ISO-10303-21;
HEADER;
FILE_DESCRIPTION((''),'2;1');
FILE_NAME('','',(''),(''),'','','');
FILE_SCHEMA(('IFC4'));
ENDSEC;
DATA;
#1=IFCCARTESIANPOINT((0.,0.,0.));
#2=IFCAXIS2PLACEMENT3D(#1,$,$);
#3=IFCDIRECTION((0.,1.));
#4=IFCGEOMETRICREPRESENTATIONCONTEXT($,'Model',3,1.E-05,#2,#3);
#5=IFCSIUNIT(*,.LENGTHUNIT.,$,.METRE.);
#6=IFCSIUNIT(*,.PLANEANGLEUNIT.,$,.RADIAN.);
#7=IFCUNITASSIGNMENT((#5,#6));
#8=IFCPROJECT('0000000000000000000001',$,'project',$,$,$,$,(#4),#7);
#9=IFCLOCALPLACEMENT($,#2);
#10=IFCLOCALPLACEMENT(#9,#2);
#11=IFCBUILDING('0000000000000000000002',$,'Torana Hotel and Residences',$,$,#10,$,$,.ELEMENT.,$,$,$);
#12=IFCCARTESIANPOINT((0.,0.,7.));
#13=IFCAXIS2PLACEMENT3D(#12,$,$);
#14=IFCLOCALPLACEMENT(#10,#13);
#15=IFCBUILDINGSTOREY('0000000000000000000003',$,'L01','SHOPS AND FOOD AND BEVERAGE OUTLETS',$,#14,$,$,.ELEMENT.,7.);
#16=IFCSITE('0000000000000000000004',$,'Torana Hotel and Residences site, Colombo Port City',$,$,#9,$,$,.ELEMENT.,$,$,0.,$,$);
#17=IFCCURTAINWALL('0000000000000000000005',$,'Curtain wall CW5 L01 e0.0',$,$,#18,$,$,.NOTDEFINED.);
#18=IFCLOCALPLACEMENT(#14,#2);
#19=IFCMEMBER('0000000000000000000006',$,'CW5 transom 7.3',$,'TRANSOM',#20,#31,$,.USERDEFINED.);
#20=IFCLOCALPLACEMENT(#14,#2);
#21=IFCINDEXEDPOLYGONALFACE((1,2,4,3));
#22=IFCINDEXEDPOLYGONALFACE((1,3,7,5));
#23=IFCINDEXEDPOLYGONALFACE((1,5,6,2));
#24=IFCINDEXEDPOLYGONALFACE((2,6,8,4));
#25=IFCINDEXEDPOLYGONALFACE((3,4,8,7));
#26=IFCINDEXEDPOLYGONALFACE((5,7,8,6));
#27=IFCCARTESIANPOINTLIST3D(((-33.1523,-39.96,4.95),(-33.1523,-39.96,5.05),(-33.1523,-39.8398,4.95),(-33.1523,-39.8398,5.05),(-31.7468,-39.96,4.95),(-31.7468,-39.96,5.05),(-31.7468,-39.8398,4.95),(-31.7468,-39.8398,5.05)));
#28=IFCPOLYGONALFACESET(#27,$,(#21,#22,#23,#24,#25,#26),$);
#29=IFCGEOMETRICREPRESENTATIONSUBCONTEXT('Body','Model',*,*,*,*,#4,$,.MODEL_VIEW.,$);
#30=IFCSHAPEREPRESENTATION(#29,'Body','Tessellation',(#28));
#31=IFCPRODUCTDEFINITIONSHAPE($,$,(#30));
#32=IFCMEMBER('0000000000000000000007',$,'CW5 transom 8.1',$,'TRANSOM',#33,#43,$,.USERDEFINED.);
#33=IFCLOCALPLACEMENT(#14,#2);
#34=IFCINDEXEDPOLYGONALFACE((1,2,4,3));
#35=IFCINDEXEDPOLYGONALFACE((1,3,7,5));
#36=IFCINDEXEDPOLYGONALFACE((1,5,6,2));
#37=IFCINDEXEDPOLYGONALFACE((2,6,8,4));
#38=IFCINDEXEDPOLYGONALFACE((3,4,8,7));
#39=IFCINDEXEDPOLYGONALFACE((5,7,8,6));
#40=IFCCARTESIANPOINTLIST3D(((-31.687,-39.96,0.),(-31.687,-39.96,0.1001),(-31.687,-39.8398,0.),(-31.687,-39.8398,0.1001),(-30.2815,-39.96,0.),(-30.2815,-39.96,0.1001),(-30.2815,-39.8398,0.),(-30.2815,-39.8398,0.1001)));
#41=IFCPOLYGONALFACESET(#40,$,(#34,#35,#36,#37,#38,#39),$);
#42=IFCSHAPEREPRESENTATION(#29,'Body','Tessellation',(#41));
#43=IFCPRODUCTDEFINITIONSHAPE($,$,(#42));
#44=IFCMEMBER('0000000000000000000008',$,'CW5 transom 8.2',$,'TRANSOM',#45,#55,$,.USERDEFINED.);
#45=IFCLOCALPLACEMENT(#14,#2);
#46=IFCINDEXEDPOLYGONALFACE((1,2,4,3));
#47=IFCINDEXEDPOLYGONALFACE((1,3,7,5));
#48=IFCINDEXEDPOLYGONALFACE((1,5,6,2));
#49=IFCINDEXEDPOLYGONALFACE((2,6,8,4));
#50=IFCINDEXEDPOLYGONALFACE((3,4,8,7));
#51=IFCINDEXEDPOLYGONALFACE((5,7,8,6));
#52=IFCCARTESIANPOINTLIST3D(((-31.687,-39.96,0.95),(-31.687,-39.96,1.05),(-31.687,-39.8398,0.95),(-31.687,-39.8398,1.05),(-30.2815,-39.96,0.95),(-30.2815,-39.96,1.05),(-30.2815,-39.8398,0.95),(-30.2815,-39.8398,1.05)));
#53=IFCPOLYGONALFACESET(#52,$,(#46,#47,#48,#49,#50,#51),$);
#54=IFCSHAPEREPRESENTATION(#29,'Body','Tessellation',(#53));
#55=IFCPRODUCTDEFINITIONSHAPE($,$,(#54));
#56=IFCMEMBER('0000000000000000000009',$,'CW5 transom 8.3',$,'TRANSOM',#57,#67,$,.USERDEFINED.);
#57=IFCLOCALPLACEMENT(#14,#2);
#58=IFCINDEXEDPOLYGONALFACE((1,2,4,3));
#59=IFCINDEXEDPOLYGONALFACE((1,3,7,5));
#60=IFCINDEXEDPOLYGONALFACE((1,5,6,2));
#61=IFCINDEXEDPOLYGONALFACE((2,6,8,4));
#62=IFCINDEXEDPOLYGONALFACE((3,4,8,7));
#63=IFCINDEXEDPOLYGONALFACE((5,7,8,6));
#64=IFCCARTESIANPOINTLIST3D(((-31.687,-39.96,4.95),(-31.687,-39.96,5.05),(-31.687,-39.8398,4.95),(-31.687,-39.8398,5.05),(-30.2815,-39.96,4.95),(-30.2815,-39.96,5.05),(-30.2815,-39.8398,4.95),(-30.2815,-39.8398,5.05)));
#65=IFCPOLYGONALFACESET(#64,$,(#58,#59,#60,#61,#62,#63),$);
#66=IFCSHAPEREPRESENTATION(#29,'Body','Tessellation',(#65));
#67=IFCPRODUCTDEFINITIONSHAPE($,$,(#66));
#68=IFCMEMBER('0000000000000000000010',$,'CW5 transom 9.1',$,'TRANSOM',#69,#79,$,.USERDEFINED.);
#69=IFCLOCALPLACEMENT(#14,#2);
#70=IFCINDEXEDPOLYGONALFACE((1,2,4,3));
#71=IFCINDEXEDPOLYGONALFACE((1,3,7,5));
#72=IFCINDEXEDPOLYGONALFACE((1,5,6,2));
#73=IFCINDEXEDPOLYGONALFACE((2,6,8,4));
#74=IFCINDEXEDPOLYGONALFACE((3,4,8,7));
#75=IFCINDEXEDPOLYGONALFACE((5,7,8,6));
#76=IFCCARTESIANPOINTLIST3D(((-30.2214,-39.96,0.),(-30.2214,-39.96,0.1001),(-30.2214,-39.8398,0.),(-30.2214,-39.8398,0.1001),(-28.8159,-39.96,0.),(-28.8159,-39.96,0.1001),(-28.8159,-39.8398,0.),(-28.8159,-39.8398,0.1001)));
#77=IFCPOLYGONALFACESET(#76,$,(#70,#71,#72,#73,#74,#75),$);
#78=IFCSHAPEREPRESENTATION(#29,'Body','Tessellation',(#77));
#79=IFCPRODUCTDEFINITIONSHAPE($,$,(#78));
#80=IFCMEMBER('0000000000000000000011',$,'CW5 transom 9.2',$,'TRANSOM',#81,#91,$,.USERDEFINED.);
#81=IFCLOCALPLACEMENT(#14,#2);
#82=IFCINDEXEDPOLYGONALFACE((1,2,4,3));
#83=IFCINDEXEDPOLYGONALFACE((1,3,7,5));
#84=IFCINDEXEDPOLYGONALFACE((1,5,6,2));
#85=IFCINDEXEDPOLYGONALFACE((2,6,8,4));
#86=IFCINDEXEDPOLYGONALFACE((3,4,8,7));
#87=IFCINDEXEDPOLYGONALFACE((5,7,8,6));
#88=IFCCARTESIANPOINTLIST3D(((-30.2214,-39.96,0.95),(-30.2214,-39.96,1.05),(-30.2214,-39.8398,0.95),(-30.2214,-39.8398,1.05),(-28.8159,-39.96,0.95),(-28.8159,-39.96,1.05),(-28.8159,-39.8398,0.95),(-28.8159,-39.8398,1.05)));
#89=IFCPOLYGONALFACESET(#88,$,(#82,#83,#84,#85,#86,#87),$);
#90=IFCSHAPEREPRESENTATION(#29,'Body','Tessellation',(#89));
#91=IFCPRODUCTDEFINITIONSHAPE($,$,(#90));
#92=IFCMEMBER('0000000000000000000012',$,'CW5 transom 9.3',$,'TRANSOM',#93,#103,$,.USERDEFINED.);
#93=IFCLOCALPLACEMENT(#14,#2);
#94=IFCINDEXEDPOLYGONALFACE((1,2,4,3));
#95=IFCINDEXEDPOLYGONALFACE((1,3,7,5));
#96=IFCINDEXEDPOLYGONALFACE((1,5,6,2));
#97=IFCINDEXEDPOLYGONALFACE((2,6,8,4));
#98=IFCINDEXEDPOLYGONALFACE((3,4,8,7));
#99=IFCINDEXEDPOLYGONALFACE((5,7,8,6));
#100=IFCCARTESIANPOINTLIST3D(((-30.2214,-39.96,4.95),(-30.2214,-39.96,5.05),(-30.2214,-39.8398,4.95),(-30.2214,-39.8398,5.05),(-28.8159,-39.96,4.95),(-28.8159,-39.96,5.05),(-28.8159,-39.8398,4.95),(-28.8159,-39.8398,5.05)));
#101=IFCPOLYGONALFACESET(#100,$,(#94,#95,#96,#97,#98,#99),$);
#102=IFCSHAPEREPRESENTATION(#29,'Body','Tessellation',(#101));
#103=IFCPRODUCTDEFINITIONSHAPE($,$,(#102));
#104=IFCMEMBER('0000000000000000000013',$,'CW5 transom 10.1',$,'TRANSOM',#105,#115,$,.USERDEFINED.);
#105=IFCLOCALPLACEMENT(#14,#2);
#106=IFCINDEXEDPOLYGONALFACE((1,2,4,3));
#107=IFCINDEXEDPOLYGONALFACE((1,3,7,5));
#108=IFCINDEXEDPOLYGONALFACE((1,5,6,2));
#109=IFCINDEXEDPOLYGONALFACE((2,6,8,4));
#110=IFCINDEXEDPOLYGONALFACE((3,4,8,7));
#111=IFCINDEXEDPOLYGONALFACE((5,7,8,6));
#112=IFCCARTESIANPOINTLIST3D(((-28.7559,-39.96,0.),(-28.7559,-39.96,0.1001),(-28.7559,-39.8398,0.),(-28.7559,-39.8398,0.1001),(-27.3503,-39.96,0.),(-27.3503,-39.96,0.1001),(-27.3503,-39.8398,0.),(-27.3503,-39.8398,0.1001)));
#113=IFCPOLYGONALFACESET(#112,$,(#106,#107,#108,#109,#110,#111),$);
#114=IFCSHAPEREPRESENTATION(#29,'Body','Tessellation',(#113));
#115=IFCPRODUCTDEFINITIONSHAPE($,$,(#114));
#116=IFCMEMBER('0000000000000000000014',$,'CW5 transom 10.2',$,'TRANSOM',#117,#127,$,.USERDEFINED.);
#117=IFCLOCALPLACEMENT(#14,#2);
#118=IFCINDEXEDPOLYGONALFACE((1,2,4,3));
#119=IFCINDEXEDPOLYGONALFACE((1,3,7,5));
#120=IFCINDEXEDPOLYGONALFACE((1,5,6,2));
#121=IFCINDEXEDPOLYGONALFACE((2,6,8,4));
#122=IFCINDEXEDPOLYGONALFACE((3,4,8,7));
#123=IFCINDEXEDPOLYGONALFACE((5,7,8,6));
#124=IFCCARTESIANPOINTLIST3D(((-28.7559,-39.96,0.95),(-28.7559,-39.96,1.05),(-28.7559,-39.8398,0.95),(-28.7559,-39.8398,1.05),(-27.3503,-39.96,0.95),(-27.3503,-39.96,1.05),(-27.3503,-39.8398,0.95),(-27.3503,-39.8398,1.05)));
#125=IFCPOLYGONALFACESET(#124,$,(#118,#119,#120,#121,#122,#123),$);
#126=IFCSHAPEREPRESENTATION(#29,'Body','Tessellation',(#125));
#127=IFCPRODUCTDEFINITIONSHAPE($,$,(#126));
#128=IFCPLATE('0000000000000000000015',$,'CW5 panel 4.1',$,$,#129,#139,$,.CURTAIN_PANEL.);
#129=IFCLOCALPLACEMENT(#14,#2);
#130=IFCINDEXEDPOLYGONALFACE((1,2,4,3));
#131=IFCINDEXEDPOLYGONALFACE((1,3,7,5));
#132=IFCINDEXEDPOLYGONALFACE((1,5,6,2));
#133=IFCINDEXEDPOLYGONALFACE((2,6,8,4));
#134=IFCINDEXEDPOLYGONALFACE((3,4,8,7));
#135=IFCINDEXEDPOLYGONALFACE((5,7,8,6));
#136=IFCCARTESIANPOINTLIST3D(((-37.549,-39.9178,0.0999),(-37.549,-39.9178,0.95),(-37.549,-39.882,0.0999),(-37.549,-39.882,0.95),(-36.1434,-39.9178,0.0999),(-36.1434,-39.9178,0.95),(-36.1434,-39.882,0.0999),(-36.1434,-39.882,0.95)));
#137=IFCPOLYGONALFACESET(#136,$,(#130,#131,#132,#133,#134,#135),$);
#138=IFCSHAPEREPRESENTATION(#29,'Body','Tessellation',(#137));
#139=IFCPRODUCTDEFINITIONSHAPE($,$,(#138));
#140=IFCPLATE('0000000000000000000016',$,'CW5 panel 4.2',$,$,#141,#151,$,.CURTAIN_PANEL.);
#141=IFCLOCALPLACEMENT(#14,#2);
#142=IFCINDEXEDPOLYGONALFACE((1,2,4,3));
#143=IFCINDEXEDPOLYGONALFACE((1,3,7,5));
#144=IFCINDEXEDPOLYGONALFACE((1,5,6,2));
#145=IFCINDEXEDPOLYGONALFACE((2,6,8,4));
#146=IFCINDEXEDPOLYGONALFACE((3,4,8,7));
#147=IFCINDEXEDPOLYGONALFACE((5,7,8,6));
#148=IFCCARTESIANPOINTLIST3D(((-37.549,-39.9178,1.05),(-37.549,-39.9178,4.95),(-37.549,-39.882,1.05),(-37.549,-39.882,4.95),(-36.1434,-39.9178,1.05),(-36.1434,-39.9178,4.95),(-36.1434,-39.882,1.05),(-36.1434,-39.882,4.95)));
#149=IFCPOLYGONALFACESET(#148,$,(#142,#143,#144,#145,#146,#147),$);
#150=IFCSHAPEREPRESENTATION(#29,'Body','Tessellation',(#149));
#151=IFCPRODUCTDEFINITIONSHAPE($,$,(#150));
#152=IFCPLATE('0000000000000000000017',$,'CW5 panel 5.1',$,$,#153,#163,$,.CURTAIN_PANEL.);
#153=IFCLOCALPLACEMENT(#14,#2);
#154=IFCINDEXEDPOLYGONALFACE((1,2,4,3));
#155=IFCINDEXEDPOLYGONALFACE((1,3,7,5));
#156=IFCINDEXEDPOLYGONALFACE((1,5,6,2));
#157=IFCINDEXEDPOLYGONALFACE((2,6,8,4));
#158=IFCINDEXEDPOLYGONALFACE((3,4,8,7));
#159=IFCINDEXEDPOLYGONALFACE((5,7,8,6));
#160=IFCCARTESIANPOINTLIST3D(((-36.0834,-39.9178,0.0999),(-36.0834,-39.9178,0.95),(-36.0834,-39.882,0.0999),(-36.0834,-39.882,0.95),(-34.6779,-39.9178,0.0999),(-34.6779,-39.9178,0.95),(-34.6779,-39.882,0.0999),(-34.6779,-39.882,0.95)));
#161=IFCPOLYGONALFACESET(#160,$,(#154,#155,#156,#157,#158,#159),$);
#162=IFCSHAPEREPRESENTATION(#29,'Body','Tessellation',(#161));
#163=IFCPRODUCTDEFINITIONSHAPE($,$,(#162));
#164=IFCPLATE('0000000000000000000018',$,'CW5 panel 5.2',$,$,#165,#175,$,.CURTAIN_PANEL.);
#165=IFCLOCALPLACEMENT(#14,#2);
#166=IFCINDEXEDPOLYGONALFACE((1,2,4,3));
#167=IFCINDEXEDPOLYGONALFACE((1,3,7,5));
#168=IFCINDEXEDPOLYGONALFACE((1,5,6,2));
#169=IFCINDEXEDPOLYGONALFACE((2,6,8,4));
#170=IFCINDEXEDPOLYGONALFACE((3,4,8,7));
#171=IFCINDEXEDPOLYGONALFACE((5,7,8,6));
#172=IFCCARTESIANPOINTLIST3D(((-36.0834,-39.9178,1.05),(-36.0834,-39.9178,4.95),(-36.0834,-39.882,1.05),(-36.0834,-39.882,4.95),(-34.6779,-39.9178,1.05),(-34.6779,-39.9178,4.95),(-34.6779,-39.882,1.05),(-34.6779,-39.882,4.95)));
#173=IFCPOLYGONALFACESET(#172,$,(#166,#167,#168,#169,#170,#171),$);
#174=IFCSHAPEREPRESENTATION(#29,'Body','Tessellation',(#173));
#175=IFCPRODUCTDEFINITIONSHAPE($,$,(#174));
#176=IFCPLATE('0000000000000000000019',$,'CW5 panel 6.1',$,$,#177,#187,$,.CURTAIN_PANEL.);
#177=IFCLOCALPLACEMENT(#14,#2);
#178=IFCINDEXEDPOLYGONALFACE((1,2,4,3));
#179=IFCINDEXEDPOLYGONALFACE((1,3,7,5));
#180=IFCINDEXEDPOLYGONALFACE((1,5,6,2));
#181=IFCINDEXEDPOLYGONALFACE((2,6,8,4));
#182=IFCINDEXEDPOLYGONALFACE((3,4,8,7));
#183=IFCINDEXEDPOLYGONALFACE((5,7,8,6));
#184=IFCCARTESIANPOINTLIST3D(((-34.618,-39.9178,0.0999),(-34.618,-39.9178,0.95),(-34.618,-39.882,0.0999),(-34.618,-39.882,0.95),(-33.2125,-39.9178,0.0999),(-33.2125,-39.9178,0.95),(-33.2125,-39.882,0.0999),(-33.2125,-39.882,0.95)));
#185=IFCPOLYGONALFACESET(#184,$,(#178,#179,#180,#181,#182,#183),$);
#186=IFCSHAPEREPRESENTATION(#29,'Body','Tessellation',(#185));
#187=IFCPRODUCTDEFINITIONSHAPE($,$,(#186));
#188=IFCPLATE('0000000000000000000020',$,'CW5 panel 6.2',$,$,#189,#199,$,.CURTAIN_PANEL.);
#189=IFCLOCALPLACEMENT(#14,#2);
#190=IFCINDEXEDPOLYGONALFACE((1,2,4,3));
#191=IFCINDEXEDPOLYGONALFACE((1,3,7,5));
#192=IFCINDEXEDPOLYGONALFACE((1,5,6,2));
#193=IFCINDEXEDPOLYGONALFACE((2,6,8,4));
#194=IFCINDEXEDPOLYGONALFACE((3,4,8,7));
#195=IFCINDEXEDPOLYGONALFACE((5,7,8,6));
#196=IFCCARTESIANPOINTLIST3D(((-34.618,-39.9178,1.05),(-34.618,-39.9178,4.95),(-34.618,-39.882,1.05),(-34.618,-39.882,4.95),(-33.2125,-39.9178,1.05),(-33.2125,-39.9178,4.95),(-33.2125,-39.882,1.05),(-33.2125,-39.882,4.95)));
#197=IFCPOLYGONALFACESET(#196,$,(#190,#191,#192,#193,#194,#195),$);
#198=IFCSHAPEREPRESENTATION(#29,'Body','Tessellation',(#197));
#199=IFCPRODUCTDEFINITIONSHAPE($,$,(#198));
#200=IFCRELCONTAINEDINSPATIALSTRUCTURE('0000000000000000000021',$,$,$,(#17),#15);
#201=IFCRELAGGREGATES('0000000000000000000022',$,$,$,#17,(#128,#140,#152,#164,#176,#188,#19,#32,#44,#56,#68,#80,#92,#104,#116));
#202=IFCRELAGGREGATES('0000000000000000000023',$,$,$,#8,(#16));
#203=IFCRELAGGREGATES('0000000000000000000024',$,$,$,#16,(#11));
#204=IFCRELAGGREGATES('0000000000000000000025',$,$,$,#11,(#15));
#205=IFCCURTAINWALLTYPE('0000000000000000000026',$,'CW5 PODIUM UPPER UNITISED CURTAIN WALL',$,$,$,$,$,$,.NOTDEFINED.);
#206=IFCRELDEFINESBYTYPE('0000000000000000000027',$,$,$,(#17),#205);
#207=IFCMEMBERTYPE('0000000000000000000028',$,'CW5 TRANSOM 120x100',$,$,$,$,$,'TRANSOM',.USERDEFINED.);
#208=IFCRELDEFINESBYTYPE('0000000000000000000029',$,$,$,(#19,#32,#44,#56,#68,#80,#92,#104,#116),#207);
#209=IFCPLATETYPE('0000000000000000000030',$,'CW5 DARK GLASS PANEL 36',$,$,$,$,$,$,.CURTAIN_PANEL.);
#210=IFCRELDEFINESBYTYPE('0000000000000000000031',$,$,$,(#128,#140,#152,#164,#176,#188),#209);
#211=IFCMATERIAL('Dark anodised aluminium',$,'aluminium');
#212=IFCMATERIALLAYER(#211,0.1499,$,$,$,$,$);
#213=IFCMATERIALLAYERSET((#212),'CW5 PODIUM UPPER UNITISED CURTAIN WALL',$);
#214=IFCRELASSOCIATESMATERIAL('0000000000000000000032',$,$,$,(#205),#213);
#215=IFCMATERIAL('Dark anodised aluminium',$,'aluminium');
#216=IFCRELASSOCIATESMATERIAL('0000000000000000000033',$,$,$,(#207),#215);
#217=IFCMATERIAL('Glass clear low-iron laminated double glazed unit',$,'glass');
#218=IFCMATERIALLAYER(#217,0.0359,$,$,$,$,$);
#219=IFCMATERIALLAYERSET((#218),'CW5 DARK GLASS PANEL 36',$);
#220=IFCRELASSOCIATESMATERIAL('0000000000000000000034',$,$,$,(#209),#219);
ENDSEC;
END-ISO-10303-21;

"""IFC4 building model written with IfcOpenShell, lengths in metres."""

from ifc_helpers import new_model, si_unit, direction, frame, origin, origin_2d, place, context, subcontext, project, spatial, rectangle, extrude, material, layer, layer_set, material_profile, profile_set, type_object, element, aggregate, save


model = new_model("IFC4")

# Units and contexts
model_context = context("Model", 3, precision=1e-05, world=origin(), true_north=direction((0.0, 1.0)))
body_context = subcontext(model_context, "Body", "Model", "MODEL_VIEW")
ifc_project = project(units=[si_unit("LENGTHUNIT", "METRE"), si_unit("PLANEANGLEUNIT", "RADIAN")], contexts=[model_context])

# Site, building, storey
site_placement = place(None, origin())
site = spatial("IfcSite", under=ifc_project, at=site_placement, Name="Torana Hotel and Residences site, Colombo Port City", CompositionType="ELEMENT", RefElevation=0.0)
building_placement = place(site_placement, origin())
building = spatial("IfcBuilding", under=site, at=building_placement, Name="Torana Hotel and Residences", CompositionType="ELEMENT")
storey_placement = place(building_placement, frame((0.0, 0.0, 7.0)))
storey = spatial("IfcBuildingStorey", under=building, at=storey_placement, Name="L01", Description="SHOPS AND FOOD AND BEVERAGE OUTLETS", CompositionType="ELEMENT", Elevation=7.0)

# Curtain wall, members, plates
ifc_material_1 = material(Name="Dark anodised aluminium", Category="aluminium")
ifc_layer_1 = layer(ifc_material_1, 0.1499)
ifc_layer_set_1 = layer_set([ifc_layer_1], Name="CW5 PODIUM UPPER UNITISED CURTAIN WALL")
curtain_wall_type = type_object("IfcCurtainWallType", Name="CW5 PODIUM UPPER UNITISED CURTAIN WALL", PredefinedType="NOTDEFINED", material=ifc_layer_set_1)
curtain_wall_placement = place(storey_placement, origin())
curtain_wall = element("IfcCurtainWall", 1, at=curtain_wall_placement, inside=storey, type_object=curtain_wall_type, Name="Curtain wall CW5 L01 e0.0", PredefinedType="NOTDEFINED")
ifc_material_2 = material(Name="Dark anodised aluminium", Category="aluminium")
ifc_material_profile_1 = material_profile(ifc_material_2, rectangle(XDim=0.1201, YDim=0.1001, at=origin_2d()), Name="CW5 TRANSOM 120x100")
ifc_profile_set_1 = profile_set([ifc_material_profile_1], Name="Dark anodised aluminium")
member_type_1 = type_object("IfcMemberType", Name="CW5 TRANSOM 120x100", ElementType="TRANSOM", PredefinedType="USERDEFINED", material=ifc_profile_set_1)
member_1_placement = place(storey_placement, frame((-33.1523, -39.8999, 5.0), z_axis=(1.0, 0.0, 0.0), x_axis=(0.0, 1.0, 0.0)))
member_1 = element("IfcMember", 2, at=member_1_placement, type_object=member_type_1, Name="CW5 transom 7.3", ObjectType="TRANSOM", PredefinedType="USERDEFINED", context=body_context, shape_type="SweptSolid", body=[
    extrude(rectangle(XDim=0.1201, YDim=0.1001, at=origin_2d()), origin(), (0.0, 0.0, 1.0), 1.4055),
])
member_2_placement = place(storey_placement, frame((-31.687, -39.8999, 0.05), z_axis=(1.0, 0.0, 0.0), x_axis=(0.0, 1.0, 0.0)))
member_2 = element("IfcMember", 3, at=member_2_placement, type_object=member_type_1, Name="CW5 transom 8.1", ObjectType="TRANSOM", PredefinedType="USERDEFINED", context=body_context, shape_type="SweptSolid", body=[
    extrude(rectangle(XDim=0.1201, YDim=0.1001, at=origin_2d()), origin(), (0.0, 0.0, 1.0), 1.4055),
])
member_3_placement = place(storey_placement, frame((-31.687, -39.8999, 1.0), z_axis=(1.0, 0.0, 0.0), x_axis=(0.0, 1.0, 0.0)))
member_3 = element("IfcMember", 4, at=member_3_placement, type_object=member_type_1, Name="CW5 transom 8.2", ObjectType="TRANSOM", PredefinedType="USERDEFINED", context=body_context, shape_type="SweptSolid", body=[
    extrude(rectangle(XDim=0.1201, YDim=0.1001, at=origin_2d()), origin(), (0.0, 0.0, 1.0), 1.4055),
])
member_4_placement = place(storey_placement, frame((-31.687, -39.8999, 5.0), z_axis=(1.0, 0.0, 0.0), x_axis=(0.0, 1.0, 0.0)))
member_4 = element("IfcMember", 5, at=member_4_placement, type_object=member_type_1, Name="CW5 transom 8.3", ObjectType="TRANSOM", PredefinedType="USERDEFINED", context=body_context, shape_type="SweptSolid", body=[
    extrude(rectangle(XDim=0.1201, YDim=0.1001, at=origin_2d()), origin(), (0.0, 0.0, 1.0), 1.4055),
])
member_5_placement = place(storey_placement, frame((-30.2214, -39.8999, 0.05), z_axis=(1.0, 0.0, 0.0), x_axis=(0.0, 1.0, 0.0)))
member_5 = element("IfcMember", 6, at=member_5_placement, type_object=member_type_1, Name="CW5 transom 9.1", ObjectType="TRANSOM", PredefinedType="USERDEFINED", context=body_context, shape_type="SweptSolid", body=[
    extrude(rectangle(XDim=0.1201, YDim=0.1001, at=origin_2d()), origin(), (0.0, 0.0, 1.0), 1.4055),
])
member_6_placement = place(storey_placement, frame((-30.2214, -39.8999, 1.0), z_axis=(1.0, 0.0, 0.0), x_axis=(0.0, 1.0, 0.0)))
member_6 = element("IfcMember", 7, at=member_6_placement, type_object=member_type_1, Name="CW5 transom 9.2", ObjectType="TRANSOM", PredefinedType="USERDEFINED", context=body_context, shape_type="SweptSolid", body=[
    extrude(rectangle(XDim=0.1201, YDim=0.1001, at=origin_2d()), origin(), (0.0, 0.0, 1.0), 1.4055),
])
member_7_placement = place(storey_placement, frame((-30.2214, -39.8999, 5.0), z_axis=(1.0, 0.0, 0.0), x_axis=(0.0, 1.0, 0.0)))
member_7 = element("IfcMember", 8, at=member_7_placement, type_object=member_type_1, Name="CW5 transom 9.3", ObjectType="TRANSOM", PredefinedType="USERDEFINED", context=body_context, shape_type="SweptSolid", body=[
    extrude(rectangle(XDim=0.1201, YDim=0.1001, at=origin_2d()), origin(), (0.0, 0.0, 1.0), 1.4055),
])
member_8_placement = place(storey_placement, frame((-28.7559, -39.8999, 0.05), z_axis=(1.0, 0.0, 0.0), x_axis=(0.0, 1.0, 0.0)))
member_8 = element("IfcMember", 9, at=member_8_placement, type_object=member_type_1, Name="CW5 transom 10.1", ObjectType="TRANSOM", PredefinedType="USERDEFINED", context=body_context, shape_type="SweptSolid", body=[
    extrude(rectangle(XDim=0.1201, YDim=0.1001, at=origin_2d()), origin(), (0.0, 0.0, 1.0), 1.4055),
])
member_9_placement = place(storey_placement, frame((-28.7559, -39.8999, 1.0), z_axis=(1.0, 0.0, 0.0), x_axis=(0.0, 1.0, 0.0)))
member_9 = element("IfcMember", 10, at=member_9_placement, type_object=member_type_1, Name="CW5 transom 10.2", ObjectType="TRANSOM", PredefinedType="USERDEFINED", context=body_context, shape_type="SweptSolid", body=[
    extrude(rectangle(XDim=0.1201, YDim=0.1001, at=origin_2d()), origin(), (0.0, 0.0, 1.0), 1.4055),
])
ifc_material_3 = material(Name="Glass clear low-iron laminated double glazed unit", Category="glass")
ifc_layer_2 = layer(ifc_material_3, 0.0359)
ifc_layer_set_2 = layer_set([ifc_layer_2], Name="CW5 DARK GLASS PANEL 36")
plate_type = type_object("IfcPlateType", Name="CW5 DARK GLASS PANEL 36", PredefinedType="CURTAIN_PANEL", material=ifc_layer_set_2)
plate_1_placement = place(storey_placement, frame((-36.8462, -39.8999, 0.0999), z_axis=(0.0, 0.0, 1.0), x_axis=(1.0, 0.0, 0.0)))
plate_1 = element("IfcPlate", 11, at=plate_1_placement, type_object=plate_type, Name="CW5 panel 4.1", PredefinedType="CURTAIN_PANEL", context=body_context, shape_type="SweptSolid", body=[
    extrude(rectangle(XDim=1.4055, YDim=0.0359, at=origin_2d()), origin(), (0.0, 0.0, 1.0), 0.8501),
])
plate_2_placement = place(storey_placement, frame((-36.8462, -39.8999, 1.05), z_axis=(0.0, 0.0, 1.0), x_axis=(1.0, 0.0, 0.0)))
plate_2 = element("IfcPlate", 12, at=plate_2_placement, type_object=plate_type, Name="CW5 panel 4.2", PredefinedType="CURTAIN_PANEL", context=body_context, shape_type="SweptSolid", body=[
    extrude(rectangle(XDim=1.4055, YDim=0.0359, at=origin_2d()), origin(), (0.0, 0.0, 1.0), 3.8999),
])
plate_3_placement = place(storey_placement, frame((-35.3806, -39.8999, 0.0999), z_axis=(0.0, 0.0, 1.0), x_axis=(1.0, 0.0, 0.0)))
plate_3 = element("IfcPlate", 13, at=plate_3_placement, type_object=plate_type, Name="CW5 panel 5.1", PredefinedType="CURTAIN_PANEL", context=body_context, shape_type="SweptSolid", body=[
    extrude(rectangle(XDim=1.4055, YDim=0.0359, at=origin_2d()), origin(), (0.0, 0.0, 1.0), 0.8501),
])
plate_4_placement = place(storey_placement, frame((-35.3806, -39.8999, 1.05), z_axis=(0.0, 0.0, 1.0), x_axis=(1.0, 0.0, 0.0)))
plate_4 = element("IfcPlate", 14, at=plate_4_placement, type_object=plate_type, Name="CW5 panel 5.2", PredefinedType="CURTAIN_PANEL", context=body_context, shape_type="SweptSolid", body=[
    extrude(rectangle(XDim=1.4055, YDim=0.0359, at=origin_2d()), origin(), (0.0, 0.0, 1.0), 3.8999),
])
plate_5_placement = place(storey_placement, frame((-33.9153, -39.8999, 0.0999), z_axis=(0.0, 0.0, 1.0), x_axis=(1.0, 0.0, 0.0)))
plate_5 = element("IfcPlate", 15, at=plate_5_placement, type_object=plate_type, Name="CW5 panel 6.1", PredefinedType="CURTAIN_PANEL", context=body_context, shape_type="SweptSolid", body=[
    extrude(rectangle(XDim=1.4055, YDim=0.0359, at=origin_2d()), origin(), (0.0, 0.0, 1.0), 0.8501),
])
plate_6_placement = place(storey_placement, frame((-33.9153, -39.8999, 1.05), z_axis=(0.0, 0.0, 1.0), x_axis=(1.0, 0.0, 0.0)))
plate_6 = element("IfcPlate", 16, at=plate_6_placement, type_object=plate_type, Name="CW5 panel 6.2", PredefinedType="CURTAIN_PANEL", context=body_context, shape_type="SweptSolid", body=[
    extrude(rectangle(XDim=1.4055, YDim=0.0359, at=origin_2d()), origin(), (0.0, 0.0, 1.0), 3.8999),
])
aggregate(curtain_wall, [plate_1, plate_2, plate_3, plate_4, plate_5, plate_6, member_1, member_2, member_3, member_4, member_5, member_6, member_7, member_8, member_9])

save(model, "model.ifc")
